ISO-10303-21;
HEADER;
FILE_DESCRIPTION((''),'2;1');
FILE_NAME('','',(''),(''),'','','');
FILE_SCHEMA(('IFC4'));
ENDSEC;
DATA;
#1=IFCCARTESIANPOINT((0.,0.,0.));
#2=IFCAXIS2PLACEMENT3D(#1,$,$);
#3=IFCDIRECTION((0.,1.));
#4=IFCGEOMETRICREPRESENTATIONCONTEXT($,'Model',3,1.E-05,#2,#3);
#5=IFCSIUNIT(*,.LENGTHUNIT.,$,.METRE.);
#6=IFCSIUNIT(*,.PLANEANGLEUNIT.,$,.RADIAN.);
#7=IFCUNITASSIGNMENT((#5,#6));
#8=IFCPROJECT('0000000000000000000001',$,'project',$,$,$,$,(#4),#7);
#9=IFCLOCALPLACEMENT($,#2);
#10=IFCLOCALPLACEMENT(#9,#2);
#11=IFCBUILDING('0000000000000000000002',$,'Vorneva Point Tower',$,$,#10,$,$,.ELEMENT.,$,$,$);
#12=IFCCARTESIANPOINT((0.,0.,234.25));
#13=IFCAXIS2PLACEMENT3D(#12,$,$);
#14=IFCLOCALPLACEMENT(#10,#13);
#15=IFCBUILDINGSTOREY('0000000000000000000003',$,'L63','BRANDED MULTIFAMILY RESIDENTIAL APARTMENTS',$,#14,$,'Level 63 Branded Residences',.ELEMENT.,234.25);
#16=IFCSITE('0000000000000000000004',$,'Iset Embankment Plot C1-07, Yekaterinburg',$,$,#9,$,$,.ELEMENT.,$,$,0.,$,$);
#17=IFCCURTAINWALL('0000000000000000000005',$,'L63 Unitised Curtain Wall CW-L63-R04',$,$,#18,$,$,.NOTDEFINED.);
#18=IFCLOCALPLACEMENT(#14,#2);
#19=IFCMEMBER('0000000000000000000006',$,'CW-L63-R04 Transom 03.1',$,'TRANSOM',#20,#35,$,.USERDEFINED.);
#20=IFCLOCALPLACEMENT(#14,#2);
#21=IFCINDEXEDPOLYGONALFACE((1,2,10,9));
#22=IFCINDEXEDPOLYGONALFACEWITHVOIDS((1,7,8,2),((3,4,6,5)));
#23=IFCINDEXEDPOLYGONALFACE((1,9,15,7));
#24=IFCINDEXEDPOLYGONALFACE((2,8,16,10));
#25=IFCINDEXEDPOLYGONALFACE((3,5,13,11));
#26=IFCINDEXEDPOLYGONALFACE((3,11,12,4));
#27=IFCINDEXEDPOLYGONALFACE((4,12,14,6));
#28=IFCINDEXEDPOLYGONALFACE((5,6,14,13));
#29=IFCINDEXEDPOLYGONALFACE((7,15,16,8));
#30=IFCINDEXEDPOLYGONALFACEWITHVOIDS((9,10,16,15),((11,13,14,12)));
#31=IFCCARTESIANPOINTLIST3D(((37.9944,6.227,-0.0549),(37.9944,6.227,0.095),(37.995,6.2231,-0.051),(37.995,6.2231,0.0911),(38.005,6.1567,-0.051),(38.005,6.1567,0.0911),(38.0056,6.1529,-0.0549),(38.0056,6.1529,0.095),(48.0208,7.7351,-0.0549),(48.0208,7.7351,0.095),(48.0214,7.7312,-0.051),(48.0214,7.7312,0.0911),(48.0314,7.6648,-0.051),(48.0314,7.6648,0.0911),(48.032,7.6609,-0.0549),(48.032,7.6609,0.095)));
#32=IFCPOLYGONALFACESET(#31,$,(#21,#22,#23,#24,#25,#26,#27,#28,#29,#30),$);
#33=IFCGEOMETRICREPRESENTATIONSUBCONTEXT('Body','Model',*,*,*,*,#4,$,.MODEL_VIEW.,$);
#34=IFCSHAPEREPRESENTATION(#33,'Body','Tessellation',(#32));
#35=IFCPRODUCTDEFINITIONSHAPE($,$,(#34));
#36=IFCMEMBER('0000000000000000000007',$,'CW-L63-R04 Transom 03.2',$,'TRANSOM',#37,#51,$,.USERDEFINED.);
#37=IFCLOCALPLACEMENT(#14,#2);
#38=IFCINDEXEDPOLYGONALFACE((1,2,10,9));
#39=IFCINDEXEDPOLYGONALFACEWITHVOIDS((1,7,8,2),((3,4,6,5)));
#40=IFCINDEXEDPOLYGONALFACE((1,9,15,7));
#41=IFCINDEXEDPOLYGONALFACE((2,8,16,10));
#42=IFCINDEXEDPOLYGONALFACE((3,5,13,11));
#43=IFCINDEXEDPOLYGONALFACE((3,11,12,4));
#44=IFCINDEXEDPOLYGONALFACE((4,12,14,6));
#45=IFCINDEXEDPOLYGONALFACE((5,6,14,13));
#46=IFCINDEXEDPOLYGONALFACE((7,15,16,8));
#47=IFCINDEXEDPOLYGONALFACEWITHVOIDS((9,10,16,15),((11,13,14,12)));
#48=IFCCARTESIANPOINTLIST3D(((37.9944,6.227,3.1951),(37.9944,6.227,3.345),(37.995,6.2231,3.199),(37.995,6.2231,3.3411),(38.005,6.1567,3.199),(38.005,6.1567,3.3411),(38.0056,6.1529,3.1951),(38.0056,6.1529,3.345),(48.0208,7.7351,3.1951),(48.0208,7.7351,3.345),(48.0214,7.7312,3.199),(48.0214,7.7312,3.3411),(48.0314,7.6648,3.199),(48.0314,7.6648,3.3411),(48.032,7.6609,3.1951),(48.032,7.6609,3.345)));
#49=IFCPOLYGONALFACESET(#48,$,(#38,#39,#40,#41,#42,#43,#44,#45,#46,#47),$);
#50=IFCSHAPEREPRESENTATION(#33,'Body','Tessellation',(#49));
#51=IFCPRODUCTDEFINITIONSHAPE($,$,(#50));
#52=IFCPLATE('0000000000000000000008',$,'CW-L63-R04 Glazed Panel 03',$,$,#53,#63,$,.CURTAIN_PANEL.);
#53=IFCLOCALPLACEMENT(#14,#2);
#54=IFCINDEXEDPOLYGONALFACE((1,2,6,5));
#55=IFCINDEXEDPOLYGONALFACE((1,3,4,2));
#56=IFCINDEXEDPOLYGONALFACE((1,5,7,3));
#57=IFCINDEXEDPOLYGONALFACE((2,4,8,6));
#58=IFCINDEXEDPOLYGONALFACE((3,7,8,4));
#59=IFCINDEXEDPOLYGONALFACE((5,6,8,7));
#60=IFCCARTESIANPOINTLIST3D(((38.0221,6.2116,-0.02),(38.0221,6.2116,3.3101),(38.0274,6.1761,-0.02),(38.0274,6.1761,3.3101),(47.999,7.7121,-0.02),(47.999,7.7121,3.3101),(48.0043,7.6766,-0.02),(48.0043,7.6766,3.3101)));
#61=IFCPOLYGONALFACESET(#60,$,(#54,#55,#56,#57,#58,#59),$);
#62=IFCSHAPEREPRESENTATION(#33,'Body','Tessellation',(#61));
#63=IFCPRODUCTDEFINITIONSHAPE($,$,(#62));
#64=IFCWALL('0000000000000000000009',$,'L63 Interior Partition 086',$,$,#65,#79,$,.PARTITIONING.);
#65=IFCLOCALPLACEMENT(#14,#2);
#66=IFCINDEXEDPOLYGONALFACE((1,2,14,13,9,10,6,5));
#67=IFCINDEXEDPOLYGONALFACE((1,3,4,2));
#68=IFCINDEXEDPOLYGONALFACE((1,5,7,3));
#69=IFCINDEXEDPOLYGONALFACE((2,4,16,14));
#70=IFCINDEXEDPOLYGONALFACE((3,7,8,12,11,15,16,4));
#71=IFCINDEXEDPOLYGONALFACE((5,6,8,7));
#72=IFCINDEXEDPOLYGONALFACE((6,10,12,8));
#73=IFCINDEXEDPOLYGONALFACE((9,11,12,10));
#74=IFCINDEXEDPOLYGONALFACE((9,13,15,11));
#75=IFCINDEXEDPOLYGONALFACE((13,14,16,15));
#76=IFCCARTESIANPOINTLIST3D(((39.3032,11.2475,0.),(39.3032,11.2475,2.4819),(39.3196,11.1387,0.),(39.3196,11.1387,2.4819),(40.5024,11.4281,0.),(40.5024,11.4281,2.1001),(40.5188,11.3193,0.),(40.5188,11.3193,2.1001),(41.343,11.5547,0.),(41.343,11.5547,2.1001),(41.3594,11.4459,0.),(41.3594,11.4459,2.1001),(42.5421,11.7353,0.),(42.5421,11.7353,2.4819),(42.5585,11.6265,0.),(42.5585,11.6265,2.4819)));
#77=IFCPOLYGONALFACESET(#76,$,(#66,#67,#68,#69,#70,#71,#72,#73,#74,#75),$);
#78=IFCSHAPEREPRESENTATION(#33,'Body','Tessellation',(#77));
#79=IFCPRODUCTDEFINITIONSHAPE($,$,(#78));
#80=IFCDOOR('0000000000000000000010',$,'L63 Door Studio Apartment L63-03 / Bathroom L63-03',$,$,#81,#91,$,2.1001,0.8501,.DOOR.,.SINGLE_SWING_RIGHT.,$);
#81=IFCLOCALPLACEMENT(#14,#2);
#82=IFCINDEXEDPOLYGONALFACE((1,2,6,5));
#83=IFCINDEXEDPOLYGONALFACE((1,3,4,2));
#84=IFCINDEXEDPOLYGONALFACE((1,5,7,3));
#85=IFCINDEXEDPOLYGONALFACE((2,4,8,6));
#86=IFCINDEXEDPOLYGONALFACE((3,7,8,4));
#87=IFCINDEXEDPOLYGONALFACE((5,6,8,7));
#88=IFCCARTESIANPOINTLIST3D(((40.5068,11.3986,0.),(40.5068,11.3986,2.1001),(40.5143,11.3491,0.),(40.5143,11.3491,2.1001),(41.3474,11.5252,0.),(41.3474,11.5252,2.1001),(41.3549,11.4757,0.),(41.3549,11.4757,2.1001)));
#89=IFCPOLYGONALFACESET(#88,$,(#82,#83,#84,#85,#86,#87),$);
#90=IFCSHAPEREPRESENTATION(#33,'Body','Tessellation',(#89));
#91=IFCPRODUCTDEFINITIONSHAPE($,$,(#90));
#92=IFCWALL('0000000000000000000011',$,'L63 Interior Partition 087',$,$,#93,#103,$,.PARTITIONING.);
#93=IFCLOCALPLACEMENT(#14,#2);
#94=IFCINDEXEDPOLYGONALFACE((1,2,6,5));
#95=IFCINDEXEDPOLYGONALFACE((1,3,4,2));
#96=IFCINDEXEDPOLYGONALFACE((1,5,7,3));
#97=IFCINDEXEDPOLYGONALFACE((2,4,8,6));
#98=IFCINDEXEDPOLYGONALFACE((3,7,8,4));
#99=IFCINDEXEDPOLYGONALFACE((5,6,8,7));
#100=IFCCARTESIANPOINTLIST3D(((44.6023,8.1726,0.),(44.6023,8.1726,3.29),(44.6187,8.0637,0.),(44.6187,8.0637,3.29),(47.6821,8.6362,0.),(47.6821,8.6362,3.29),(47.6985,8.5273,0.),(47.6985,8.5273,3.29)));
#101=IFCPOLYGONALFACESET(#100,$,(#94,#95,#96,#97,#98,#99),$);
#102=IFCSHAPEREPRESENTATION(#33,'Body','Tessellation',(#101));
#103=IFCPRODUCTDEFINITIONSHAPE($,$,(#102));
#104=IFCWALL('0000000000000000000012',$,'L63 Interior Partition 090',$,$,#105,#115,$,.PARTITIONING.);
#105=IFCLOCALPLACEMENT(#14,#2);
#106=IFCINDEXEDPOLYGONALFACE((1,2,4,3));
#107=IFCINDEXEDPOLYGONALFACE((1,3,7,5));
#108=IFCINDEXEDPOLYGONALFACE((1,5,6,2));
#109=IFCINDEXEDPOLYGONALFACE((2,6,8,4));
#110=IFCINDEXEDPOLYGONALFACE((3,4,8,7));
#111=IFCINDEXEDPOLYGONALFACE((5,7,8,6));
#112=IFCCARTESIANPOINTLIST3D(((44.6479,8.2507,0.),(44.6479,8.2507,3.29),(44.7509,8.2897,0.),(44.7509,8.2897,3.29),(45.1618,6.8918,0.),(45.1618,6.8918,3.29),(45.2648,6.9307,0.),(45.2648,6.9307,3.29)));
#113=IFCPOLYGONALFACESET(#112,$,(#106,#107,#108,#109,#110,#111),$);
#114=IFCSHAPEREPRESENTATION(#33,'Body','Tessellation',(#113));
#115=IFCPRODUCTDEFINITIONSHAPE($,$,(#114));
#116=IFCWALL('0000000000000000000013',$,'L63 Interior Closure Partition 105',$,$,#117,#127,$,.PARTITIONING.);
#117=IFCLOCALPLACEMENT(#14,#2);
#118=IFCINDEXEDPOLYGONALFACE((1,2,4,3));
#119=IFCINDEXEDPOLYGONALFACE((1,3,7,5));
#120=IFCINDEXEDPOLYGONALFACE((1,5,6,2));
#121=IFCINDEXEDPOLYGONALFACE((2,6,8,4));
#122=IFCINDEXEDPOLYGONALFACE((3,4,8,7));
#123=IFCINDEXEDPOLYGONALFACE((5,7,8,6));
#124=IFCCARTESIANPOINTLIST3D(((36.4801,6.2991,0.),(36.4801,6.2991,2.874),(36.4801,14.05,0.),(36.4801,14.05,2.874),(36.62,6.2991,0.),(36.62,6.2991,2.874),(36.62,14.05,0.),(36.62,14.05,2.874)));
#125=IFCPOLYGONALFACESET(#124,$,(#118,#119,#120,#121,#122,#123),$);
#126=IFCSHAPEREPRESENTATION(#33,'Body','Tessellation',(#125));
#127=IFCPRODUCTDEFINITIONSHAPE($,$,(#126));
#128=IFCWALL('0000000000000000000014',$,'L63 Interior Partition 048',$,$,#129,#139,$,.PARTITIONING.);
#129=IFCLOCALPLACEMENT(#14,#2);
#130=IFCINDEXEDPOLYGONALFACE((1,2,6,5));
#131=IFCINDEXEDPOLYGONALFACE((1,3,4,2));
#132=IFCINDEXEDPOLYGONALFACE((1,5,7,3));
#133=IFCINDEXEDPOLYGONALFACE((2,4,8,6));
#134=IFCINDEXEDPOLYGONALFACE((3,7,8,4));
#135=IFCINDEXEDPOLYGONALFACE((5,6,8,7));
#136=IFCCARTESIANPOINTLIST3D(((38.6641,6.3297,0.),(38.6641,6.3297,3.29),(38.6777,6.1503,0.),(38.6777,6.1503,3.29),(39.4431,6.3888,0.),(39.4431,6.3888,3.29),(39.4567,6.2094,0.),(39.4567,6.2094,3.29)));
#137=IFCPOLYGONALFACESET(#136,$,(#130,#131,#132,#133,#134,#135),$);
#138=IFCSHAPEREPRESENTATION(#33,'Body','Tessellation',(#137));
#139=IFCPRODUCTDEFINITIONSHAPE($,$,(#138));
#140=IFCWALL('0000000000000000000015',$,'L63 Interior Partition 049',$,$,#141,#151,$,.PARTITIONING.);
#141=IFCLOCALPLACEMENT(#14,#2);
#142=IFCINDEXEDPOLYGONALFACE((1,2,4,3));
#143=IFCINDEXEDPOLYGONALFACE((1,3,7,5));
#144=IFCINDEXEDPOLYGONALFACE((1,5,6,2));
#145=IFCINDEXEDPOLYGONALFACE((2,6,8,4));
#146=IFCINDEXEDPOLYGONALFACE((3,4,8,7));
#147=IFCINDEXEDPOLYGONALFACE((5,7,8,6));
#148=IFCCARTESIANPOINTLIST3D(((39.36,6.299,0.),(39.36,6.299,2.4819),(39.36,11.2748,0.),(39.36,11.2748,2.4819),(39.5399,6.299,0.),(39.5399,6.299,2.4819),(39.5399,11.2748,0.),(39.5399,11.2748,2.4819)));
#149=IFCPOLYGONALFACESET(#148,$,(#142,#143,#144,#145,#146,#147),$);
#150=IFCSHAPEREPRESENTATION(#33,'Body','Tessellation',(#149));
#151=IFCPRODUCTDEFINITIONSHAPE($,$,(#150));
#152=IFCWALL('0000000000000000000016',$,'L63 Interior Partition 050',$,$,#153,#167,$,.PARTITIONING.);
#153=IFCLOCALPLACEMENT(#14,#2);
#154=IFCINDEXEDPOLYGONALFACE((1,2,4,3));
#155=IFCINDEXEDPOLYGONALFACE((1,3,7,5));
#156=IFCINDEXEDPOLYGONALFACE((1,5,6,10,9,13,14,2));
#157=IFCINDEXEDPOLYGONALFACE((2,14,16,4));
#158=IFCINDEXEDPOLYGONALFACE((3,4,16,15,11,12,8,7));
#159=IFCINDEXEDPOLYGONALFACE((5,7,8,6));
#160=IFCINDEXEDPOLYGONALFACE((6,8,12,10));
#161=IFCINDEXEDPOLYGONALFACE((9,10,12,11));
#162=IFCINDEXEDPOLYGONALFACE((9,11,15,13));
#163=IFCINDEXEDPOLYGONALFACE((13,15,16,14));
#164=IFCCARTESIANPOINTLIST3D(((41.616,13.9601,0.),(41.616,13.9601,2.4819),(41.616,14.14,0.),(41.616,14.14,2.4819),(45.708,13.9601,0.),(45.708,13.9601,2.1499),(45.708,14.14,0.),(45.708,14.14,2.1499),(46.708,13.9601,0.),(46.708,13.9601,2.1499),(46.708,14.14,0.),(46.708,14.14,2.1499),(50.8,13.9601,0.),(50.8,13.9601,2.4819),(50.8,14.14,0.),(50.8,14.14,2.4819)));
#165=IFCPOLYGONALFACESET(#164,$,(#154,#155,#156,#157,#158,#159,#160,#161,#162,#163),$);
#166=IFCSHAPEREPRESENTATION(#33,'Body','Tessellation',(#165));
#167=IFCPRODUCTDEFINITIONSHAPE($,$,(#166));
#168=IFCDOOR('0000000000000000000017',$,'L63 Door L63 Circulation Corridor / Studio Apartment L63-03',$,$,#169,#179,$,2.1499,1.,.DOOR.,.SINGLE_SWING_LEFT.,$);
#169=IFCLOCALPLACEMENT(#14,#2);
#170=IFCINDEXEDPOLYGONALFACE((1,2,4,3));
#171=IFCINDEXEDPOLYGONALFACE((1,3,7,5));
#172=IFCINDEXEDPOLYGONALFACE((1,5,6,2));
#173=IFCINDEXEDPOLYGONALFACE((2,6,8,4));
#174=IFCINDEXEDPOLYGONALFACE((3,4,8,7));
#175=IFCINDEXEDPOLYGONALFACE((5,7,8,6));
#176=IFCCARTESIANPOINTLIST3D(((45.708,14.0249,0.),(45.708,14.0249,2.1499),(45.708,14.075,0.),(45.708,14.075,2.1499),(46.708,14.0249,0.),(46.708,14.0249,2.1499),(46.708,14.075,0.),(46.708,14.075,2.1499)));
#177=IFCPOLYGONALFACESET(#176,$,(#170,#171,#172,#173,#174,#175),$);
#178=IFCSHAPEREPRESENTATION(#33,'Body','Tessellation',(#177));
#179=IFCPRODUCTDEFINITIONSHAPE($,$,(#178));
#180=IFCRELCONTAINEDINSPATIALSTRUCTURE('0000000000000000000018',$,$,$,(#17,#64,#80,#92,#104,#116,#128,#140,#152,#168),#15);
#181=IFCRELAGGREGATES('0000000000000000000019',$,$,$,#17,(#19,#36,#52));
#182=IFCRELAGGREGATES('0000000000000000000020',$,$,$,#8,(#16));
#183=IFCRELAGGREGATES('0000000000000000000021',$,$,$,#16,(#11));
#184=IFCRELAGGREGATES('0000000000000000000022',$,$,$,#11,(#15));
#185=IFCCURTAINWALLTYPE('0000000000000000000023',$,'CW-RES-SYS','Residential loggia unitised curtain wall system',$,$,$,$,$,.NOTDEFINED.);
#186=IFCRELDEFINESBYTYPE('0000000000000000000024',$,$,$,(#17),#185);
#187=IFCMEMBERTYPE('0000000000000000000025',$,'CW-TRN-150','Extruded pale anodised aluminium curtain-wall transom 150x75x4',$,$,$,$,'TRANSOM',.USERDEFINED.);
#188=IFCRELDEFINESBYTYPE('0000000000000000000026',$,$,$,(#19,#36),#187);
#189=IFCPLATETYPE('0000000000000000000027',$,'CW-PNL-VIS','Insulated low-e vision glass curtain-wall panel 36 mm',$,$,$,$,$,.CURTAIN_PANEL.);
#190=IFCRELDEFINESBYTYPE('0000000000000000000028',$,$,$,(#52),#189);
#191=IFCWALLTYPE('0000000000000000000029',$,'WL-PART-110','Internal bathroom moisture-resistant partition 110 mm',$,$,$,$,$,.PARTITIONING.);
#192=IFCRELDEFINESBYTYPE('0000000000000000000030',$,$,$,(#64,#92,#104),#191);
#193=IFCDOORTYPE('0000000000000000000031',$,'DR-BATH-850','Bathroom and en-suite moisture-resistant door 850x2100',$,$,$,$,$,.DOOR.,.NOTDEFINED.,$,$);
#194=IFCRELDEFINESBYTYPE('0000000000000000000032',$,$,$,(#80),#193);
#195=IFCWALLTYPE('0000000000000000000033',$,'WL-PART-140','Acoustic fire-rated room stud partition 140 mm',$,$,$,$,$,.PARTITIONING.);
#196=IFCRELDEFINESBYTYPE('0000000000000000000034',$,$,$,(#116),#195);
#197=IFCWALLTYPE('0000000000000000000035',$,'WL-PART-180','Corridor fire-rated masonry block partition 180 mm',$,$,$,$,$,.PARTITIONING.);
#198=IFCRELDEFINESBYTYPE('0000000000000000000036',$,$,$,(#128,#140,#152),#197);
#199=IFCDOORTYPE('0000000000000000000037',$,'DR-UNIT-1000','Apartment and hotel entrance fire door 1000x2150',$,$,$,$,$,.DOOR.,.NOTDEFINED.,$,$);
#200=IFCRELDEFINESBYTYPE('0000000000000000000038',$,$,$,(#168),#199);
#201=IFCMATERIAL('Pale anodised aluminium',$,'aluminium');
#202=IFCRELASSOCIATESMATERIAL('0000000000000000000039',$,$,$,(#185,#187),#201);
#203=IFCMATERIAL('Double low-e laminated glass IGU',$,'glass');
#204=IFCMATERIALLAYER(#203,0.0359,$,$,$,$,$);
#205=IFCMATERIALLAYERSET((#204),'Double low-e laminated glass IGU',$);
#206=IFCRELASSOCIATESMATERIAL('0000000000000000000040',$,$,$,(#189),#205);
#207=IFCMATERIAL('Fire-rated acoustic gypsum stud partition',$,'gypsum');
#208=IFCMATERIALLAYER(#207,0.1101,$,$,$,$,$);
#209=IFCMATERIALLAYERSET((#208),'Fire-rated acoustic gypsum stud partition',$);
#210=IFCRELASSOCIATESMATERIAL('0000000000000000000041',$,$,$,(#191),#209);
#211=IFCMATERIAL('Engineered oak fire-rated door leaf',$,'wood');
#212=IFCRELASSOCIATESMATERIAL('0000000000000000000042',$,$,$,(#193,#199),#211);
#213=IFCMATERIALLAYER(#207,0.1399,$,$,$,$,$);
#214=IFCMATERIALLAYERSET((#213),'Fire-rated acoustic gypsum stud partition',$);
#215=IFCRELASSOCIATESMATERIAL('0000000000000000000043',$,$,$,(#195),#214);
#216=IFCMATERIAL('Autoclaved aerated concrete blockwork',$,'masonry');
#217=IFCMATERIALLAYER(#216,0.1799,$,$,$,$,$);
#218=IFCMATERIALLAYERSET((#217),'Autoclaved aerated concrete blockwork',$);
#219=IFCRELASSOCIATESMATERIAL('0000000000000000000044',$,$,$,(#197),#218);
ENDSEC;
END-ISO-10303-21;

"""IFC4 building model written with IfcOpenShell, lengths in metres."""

from ifc_helpers import new_model, si_unit, direction, frame, frame_2d, origin, origin_2d, place, context, subcontext, project, spatial, rectangle, hollow_rectangle, extrude, material, layer, layer_set, material_profile, profile_set, type_object, element, fill, aggregate, save


model = new_model("IFC4")

# Units and contexts
model_context = context("Model", 3, precision=1e-05, world=origin(), true_north=direction((0.0, 1.0)))
body_context = subcontext(model_context, "Body", "Model", "MODEL_VIEW")
ifc_project = project(units=[si_unit("LENGTHUNIT", "METRE"), si_unit("PLANEANGLEUNIT", "RADIAN")], contexts=[model_context])

# Site, building, storey
site_placement = place(None, origin())
site = spatial("IfcSite", under=ifc_project, at=site_placement, Name="Iset Embankment Plot C1-07, Yekaterinburg", CompositionType="ELEMENT", RefElevation=0.0)
building_placement = place(site_placement, origin())
building = spatial("IfcBuilding", under=site, at=building_placement, Name="Vorneva Point Tower", CompositionType="ELEMENT")
storey_placement = place(building_placement, frame((0.0, 0.0, 234.25)))
storey = spatial("IfcBuildingStorey", under=building, at=storey_placement, Name="L63", Description="BRANDED MULTIFAMILY RESIDENTIAL APARTMENTS", LongName="Level 63 Branded Residences", CompositionType="ELEMENT", Elevation=234.25)

# Curtain wall, members, plate
ifc_material_1 = material(Name="Pale anodised aluminium", Category="aluminium")
curtain_wall_type = type_object("IfcCurtainWallType", Name="CW-RES-SYS", Description="Residential loggia unitised curtain wall system", PredefinedType="NOTDEFINED", material=ifc_material_1)
curtain_wall_placement = place(storey_placement, origin())
curtain_wall = element("IfcCurtainWall", 1, at=curtain_wall_placement, inside=storey, type_object=curtain_wall_type, Name="L63 Unitised Curtain Wall CW-L63-R04", PredefinedType="NOTDEFINED")
ifc_material_profile_1 = material_profile(ifc_material_1, hollow_rectangle(XDim=0.075, YDim=0.1499, WallThickness=0.0039, at=origin_2d()), Name="AL-TRN 150x75x4")
ifc_profile_set_1 = profile_set([ifc_material_profile_1], Name="Pale anodised aluminium")
member_type_1 = type_object("IfcMemberType", Name="CW-TRN-150", Description="Extruded pale anodised aluminium curtain-wall transom 150x75x4", ElementType="TRANSOM", PredefinedType="USERDEFINED", material=ifc_profile_set_1)
member_1_placement = place(storey_placement, frame((38.0, 6.1899, 0.02), z_axis=(0.988877, 0.148736, 0.0), x_axis=(-0.148736, 0.988877, 0.0)))
member_1 = element("IfcMember", 2, at=member_1_placement, type_object=member_type_1, Name="CW-L63-R04 Transom 03.1", ObjectType="TRANSOM", PredefinedType="USERDEFINED", context=body_context, shape_type="SweptSolid", body=[
    extrude(hollow_rectangle(XDim=0.075, YDim=0.1499, WallThickness=0.0039, at=origin_2d()), origin(), (0.0, 0.0, 1.0), 10.1392),
])
member_2_placement = place(storey_placement, frame((38.0, 6.1899, 3.27), z_axis=(0.988877, 0.148736, 0.0), x_axis=(-0.148736, 0.988877, 0.0)))
member_2 = element("IfcMember", 3, at=member_2_placement, type_object=member_type_1, Name="CW-L63-R04 Transom 03.2", ObjectType="TRANSOM", PredefinedType="USERDEFINED", context=body_context, shape_type="SweptSolid", body=[
    extrude(hollow_rectangle(XDim=0.075, YDim=0.1499, WallThickness=0.0039, at=origin_2d()), origin(), (0.0, 0.0, 1.0), 10.1392),
])
ifc_material_2 = material(Name="Double low-e laminated glass IGU", Category="glass")
ifc_layer_1 = layer(ifc_material_2, 0.0359)
ifc_layer_set_1 = layer_set([ifc_layer_1], Name="Double low-e laminated glass IGU")
plate_type = type_object("IfcPlateType", Name="CW-PNL-VIS", Description="Insulated low-e vision glass curtain-wall panel 36 mm", PredefinedType="CURTAIN_PANEL", material=ifc_layer_set_1)
plate_placement = place(storey_placement, frame((43.0132, 6.9441, -0.02), z_axis=(0.0, 0.0, 1.0), x_axis=(0.988879, 0.148724, 0.0)))
plate = element("IfcPlate", 4, at=plate_placement, type_object=plate_type, Name="CW-L63-R04 Glazed Panel 03", PredefinedType="CURTAIN_PANEL", context=body_context, shape_type="SweptSolid", body=[
    extrude(rectangle(XDim=10.0891, YDim=0.0359, at=origin_2d()), origin(), (0.0, 0.0, 1.0), 3.3301),
])
aggregate(curtain_wall, [member_1, member_2, plate])

# Wall, opening, door
ifc_material_3 = material(Name="Fire-rated acoustic gypsum stud partition", Category="gypsum")
ifc_layer_2 = layer(ifc_material_3, 0.1101)
ifc_layer_set_2 = layer_set([ifc_layer_2], Name="Fire-rated acoustic gypsum stud partition")
wall_type_1 = type_object("IfcWallType", Name="WL-PART-110", Description="Internal bathroom moisture-resistant partition 110 mm", PredefinedType="PARTITIONING", material=ifc_layer_set_2)
wall_1_placement = place(storey_placement, frame((42.5503, 11.6809, 0.0), z_axis=(0.0, 0.0, 1.0), x_axis=(-0.988848, -0.148931, 0.0)))
wall_1 = element("IfcWall", 5, at=wall_1_placement, inside=storey, type_object=wall_type_1, Name="L63 Interior Partition 086", PredefinedType="PARTITIONING", context=body_context, shape_type="SweptSolid", body=[
    extrude(rectangle(XDim=3.2754, YDim=0.1101, at=frame_2d((1.6377, 0.0))), origin(), (0.0, 0.0, 1.0), 2.4819),
])
opening_1_placement = place(wall_1_placement, frame((1.2126, 0.0, 0.0)))
opening_1 = element("IfcOpeningElement", 6, at=opening_1_placement, cuts=wall_1, PredefinedType="OPENING", context=body_context, shape_type="SweptSolid", body=[
    extrude(rectangle(XDim=0.8501, YDim=2.1001, at=frame_2d((0.425, 1.05))), frame((0.0, 0.0698, 0.0), z_axis=(0.0, -1.0, 0.0), x_axis=(1.0, 0.0, 0.0)), (0.0, 0.0, 1.0), 0.1399),
])
ifc_material_4 = material(Name="Engineered oak fire-rated door leaf", Category="wood")
door_type_1 = type_object("IfcDoorType", Name="DR-BATH-850", Description="Bathroom and en-suite moisture-resistant door 850x2100", OperationType="NOTDEFINED", PredefinedType="DOOR", material=ifc_material_4)
door_1_placement = place(opening_1_placement, origin())
door_1 = element("IfcDoor", 7, at=door_1_placement, inside=storey, type_object=door_type_1, Name="L63 Door Studio Apartment L63-03 / Bathroom L63-03", OperationType="SINGLE_SWING_RIGHT", OverallHeight=2.1001, OverallWidth=0.8501, PredefinedType="DOOR", context=body_context, shape_type="SweptSolid", body=[
    extrude(rectangle(XDim=0.8501, YDim=2.1001, at=frame_2d((0.425, 1.05))), frame((0.0, 0.0249, 0.0), z_axis=(0.0, -1.0, 0.0), x_axis=(1.0, 0.0, 0.0)), (0.0, 0.0, 1.0), 0.05),
])
fill(opening_1, door_1)

# Walls
wall_2_placement = place(storey_placement, frame((44.6106, 8.1182, 0.0), z_axis=(0.0, 0.0, 1.0), x_axis=(0.988859, 0.148858, 0.0)))
element("IfcWall", 8, at=wall_2_placement, inside=storey, type_object=wall_type_1, Name="L63 Interior Partition 087", PredefinedType="PARTITIONING", context=body_context, shape_type="SweptSolid", body=[
    extrude(rectangle(XDim=3.1145, YDim=0.1101, at=frame_2d((1.5571, 0.0))), origin(), (0.0, 0.0, 1.0), 3.29),
])
wall_3_placement = place(storey_placement, frame((45.2134, 6.9111, 0.0), z_axis=(0.0, 0.0, 1.0), x_axis=(-0.353737, 0.935345, 0.0)))
element("IfcWall", 9, at=wall_3_placement, inside=storey, type_object=wall_type_1, Name="L63 Interior Partition 090", PredefinedType="PARTITIONING", context=body_context, shape_type="SweptSolid", body=[
    extrude(rectangle(XDim=1.4529, YDim=0.1101, at=frame_2d((0.7266, 0.0))), origin(), (0.0, 0.0, 1.0), 3.29),
])
ifc_layer_3 = layer(ifc_material_3, 0.1399)
ifc_layer_set_3 = layer_set([ifc_layer_3], Name="Fire-rated acoustic gypsum stud partition")
wall_type_2 = type_object("IfcWallType", Name="WL-PART-140", Description="Acoustic fire-rated room stud partition 140 mm", PredefinedType="PARTITIONING", material=ifc_layer_set_3)
wall_4_placement = place(storey_placement, frame((36.55, 14.05, 0.0), z_axis=(0.0, 0.0, 1.0), x_axis=(0.0, -1.0, 0.0)))
element("IfcWall", 10, at=wall_4_placement, inside=storey, type_object=wall_type_2, Name="L63 Interior Closure Partition 105", PredefinedType="PARTITIONING", context=body_context, shape_type="SweptSolid", body=[
    extrude(rectangle(XDim=7.751, YDim=0.1399, at=frame_2d((3.8755, 0.0))), origin(), (0.0, 0.0, 1.0), 2.874),
])
ifc_material_5 = material(Name="Autoclaved aerated concrete blockwork", Category="masonry")
ifc_layer_4 = layer(ifc_material_5, 0.1799)
ifc_layer_set_4 = layer_set([ifc_layer_4], Name="Autoclaved aerated concrete blockwork")
wall_type_3 = type_object("IfcWallType", Name="WL-PART-180", Description="Corridor fire-rated masonry block partition 180 mm", PredefinedType="PARTITIONING", material=ifc_layer_set_4)
wall_5_placement = place(storey_placement, frame((38.6709, 6.24, 0.0), z_axis=(0.0, 0.0, 1.0), x_axis=(0.997137, 0.075621, 0.0)))
element("IfcWall", 11, at=wall_5_placement, inside=storey, type_object=wall_type_3, Name="L63 Interior Partition 048", PredefinedType="PARTITIONING", context=body_context, shape_type="SweptSolid", body=[
    extrude(rectangle(XDim=0.7812, YDim=0.1799, at=frame_2d((0.3906, 0.0))), origin(), (0.0, 0.0, 1.0), 3.29),
])
wall_6_placement = place(storey_placement, frame((39.45, 6.2991, 0.0), z_axis=(0.0, 0.0, 1.0), x_axis=(0.0, 1.0, 0.0)))
element("IfcWall", 12, at=wall_6_placement, inside=storey, type_object=wall_type_3, Name="L63 Interior Partition 049", PredefinedType="PARTITIONING", context=body_context, shape_type="SweptSolid", body=[
    extrude(rectangle(XDim=4.9758, YDim=0.1799, at=frame_2d((2.4878, 0.0))), origin(), (0.0, 0.0, 1.0), 2.4819),
])

# Wall, opening, door
wall_7_placement = place(storey_placement, frame((41.616, 14.05, 0.0), z_axis=(0.0, 0.0, 1.0), x_axis=(1.0, 0.0, 0.0)))
wall_7 = element("IfcWall", 13, at=wall_7_placement, inside=storey, type_object=wall_type_3, Name="L63 Interior Partition 050", PredefinedType="PARTITIONING", context=body_context, shape_type="SweptSolid", body=[
    extrude(rectangle(XDim=9.1841, YDim=0.1799, at=frame_2d((4.592, 0.0))), origin(), (0.0, 0.0, 1.0), 2.4819),
])
opening_2_placement = place(wall_7_placement, frame((4.092, 0.0, 0.0)))
opening_2 = element("IfcOpeningElement", 14, at=opening_2_placement, cuts=wall_7, PredefinedType="OPENING", context=body_context, shape_type="SweptSolid", body=[
    extrude(rectangle(XDim=1.0, YDim=2.1499, at=frame_2d((0.5, 1.075))), frame((0.0, 0.105, 0.0), z_axis=(0.0, -1.0, 0.0), x_axis=(1.0, 0.0, 0.0)), (0.0, 0.0, 1.0), 0.2097),
])
door_type_2 = type_object("IfcDoorType", Name="DR-UNIT-1000", Description="Apartment and hotel entrance fire door 1000x2150", OperationType="NOTDEFINED", PredefinedType="DOOR", material=ifc_material_4)
door_2_placement = place(opening_2_placement, origin())
door_2 = element("IfcDoor", 15, at=door_2_placement, inside=storey, type_object=door_type_2, Name="L63 Door L63 Circulation Corridor / Studio Apartment L63-03", OperationType="SINGLE_SWING_LEFT", OverallHeight=2.1499, OverallWidth=1.0, PredefinedType="DOOR", context=body_context, shape_type="SweptSolid", body=[
    extrude(rectangle(XDim=1.0, YDim=2.1499, at=frame_2d((0.5, 1.075))), frame((0.0, 0.0249, 0.0), z_axis=(0.0, -1.0, 0.0), x_axis=(1.0, 0.0, 0.0)), (0.0, 0.0, 1.0), 0.05),
])
fill(opening_2, door_2)

save(model, "model.ifc")
